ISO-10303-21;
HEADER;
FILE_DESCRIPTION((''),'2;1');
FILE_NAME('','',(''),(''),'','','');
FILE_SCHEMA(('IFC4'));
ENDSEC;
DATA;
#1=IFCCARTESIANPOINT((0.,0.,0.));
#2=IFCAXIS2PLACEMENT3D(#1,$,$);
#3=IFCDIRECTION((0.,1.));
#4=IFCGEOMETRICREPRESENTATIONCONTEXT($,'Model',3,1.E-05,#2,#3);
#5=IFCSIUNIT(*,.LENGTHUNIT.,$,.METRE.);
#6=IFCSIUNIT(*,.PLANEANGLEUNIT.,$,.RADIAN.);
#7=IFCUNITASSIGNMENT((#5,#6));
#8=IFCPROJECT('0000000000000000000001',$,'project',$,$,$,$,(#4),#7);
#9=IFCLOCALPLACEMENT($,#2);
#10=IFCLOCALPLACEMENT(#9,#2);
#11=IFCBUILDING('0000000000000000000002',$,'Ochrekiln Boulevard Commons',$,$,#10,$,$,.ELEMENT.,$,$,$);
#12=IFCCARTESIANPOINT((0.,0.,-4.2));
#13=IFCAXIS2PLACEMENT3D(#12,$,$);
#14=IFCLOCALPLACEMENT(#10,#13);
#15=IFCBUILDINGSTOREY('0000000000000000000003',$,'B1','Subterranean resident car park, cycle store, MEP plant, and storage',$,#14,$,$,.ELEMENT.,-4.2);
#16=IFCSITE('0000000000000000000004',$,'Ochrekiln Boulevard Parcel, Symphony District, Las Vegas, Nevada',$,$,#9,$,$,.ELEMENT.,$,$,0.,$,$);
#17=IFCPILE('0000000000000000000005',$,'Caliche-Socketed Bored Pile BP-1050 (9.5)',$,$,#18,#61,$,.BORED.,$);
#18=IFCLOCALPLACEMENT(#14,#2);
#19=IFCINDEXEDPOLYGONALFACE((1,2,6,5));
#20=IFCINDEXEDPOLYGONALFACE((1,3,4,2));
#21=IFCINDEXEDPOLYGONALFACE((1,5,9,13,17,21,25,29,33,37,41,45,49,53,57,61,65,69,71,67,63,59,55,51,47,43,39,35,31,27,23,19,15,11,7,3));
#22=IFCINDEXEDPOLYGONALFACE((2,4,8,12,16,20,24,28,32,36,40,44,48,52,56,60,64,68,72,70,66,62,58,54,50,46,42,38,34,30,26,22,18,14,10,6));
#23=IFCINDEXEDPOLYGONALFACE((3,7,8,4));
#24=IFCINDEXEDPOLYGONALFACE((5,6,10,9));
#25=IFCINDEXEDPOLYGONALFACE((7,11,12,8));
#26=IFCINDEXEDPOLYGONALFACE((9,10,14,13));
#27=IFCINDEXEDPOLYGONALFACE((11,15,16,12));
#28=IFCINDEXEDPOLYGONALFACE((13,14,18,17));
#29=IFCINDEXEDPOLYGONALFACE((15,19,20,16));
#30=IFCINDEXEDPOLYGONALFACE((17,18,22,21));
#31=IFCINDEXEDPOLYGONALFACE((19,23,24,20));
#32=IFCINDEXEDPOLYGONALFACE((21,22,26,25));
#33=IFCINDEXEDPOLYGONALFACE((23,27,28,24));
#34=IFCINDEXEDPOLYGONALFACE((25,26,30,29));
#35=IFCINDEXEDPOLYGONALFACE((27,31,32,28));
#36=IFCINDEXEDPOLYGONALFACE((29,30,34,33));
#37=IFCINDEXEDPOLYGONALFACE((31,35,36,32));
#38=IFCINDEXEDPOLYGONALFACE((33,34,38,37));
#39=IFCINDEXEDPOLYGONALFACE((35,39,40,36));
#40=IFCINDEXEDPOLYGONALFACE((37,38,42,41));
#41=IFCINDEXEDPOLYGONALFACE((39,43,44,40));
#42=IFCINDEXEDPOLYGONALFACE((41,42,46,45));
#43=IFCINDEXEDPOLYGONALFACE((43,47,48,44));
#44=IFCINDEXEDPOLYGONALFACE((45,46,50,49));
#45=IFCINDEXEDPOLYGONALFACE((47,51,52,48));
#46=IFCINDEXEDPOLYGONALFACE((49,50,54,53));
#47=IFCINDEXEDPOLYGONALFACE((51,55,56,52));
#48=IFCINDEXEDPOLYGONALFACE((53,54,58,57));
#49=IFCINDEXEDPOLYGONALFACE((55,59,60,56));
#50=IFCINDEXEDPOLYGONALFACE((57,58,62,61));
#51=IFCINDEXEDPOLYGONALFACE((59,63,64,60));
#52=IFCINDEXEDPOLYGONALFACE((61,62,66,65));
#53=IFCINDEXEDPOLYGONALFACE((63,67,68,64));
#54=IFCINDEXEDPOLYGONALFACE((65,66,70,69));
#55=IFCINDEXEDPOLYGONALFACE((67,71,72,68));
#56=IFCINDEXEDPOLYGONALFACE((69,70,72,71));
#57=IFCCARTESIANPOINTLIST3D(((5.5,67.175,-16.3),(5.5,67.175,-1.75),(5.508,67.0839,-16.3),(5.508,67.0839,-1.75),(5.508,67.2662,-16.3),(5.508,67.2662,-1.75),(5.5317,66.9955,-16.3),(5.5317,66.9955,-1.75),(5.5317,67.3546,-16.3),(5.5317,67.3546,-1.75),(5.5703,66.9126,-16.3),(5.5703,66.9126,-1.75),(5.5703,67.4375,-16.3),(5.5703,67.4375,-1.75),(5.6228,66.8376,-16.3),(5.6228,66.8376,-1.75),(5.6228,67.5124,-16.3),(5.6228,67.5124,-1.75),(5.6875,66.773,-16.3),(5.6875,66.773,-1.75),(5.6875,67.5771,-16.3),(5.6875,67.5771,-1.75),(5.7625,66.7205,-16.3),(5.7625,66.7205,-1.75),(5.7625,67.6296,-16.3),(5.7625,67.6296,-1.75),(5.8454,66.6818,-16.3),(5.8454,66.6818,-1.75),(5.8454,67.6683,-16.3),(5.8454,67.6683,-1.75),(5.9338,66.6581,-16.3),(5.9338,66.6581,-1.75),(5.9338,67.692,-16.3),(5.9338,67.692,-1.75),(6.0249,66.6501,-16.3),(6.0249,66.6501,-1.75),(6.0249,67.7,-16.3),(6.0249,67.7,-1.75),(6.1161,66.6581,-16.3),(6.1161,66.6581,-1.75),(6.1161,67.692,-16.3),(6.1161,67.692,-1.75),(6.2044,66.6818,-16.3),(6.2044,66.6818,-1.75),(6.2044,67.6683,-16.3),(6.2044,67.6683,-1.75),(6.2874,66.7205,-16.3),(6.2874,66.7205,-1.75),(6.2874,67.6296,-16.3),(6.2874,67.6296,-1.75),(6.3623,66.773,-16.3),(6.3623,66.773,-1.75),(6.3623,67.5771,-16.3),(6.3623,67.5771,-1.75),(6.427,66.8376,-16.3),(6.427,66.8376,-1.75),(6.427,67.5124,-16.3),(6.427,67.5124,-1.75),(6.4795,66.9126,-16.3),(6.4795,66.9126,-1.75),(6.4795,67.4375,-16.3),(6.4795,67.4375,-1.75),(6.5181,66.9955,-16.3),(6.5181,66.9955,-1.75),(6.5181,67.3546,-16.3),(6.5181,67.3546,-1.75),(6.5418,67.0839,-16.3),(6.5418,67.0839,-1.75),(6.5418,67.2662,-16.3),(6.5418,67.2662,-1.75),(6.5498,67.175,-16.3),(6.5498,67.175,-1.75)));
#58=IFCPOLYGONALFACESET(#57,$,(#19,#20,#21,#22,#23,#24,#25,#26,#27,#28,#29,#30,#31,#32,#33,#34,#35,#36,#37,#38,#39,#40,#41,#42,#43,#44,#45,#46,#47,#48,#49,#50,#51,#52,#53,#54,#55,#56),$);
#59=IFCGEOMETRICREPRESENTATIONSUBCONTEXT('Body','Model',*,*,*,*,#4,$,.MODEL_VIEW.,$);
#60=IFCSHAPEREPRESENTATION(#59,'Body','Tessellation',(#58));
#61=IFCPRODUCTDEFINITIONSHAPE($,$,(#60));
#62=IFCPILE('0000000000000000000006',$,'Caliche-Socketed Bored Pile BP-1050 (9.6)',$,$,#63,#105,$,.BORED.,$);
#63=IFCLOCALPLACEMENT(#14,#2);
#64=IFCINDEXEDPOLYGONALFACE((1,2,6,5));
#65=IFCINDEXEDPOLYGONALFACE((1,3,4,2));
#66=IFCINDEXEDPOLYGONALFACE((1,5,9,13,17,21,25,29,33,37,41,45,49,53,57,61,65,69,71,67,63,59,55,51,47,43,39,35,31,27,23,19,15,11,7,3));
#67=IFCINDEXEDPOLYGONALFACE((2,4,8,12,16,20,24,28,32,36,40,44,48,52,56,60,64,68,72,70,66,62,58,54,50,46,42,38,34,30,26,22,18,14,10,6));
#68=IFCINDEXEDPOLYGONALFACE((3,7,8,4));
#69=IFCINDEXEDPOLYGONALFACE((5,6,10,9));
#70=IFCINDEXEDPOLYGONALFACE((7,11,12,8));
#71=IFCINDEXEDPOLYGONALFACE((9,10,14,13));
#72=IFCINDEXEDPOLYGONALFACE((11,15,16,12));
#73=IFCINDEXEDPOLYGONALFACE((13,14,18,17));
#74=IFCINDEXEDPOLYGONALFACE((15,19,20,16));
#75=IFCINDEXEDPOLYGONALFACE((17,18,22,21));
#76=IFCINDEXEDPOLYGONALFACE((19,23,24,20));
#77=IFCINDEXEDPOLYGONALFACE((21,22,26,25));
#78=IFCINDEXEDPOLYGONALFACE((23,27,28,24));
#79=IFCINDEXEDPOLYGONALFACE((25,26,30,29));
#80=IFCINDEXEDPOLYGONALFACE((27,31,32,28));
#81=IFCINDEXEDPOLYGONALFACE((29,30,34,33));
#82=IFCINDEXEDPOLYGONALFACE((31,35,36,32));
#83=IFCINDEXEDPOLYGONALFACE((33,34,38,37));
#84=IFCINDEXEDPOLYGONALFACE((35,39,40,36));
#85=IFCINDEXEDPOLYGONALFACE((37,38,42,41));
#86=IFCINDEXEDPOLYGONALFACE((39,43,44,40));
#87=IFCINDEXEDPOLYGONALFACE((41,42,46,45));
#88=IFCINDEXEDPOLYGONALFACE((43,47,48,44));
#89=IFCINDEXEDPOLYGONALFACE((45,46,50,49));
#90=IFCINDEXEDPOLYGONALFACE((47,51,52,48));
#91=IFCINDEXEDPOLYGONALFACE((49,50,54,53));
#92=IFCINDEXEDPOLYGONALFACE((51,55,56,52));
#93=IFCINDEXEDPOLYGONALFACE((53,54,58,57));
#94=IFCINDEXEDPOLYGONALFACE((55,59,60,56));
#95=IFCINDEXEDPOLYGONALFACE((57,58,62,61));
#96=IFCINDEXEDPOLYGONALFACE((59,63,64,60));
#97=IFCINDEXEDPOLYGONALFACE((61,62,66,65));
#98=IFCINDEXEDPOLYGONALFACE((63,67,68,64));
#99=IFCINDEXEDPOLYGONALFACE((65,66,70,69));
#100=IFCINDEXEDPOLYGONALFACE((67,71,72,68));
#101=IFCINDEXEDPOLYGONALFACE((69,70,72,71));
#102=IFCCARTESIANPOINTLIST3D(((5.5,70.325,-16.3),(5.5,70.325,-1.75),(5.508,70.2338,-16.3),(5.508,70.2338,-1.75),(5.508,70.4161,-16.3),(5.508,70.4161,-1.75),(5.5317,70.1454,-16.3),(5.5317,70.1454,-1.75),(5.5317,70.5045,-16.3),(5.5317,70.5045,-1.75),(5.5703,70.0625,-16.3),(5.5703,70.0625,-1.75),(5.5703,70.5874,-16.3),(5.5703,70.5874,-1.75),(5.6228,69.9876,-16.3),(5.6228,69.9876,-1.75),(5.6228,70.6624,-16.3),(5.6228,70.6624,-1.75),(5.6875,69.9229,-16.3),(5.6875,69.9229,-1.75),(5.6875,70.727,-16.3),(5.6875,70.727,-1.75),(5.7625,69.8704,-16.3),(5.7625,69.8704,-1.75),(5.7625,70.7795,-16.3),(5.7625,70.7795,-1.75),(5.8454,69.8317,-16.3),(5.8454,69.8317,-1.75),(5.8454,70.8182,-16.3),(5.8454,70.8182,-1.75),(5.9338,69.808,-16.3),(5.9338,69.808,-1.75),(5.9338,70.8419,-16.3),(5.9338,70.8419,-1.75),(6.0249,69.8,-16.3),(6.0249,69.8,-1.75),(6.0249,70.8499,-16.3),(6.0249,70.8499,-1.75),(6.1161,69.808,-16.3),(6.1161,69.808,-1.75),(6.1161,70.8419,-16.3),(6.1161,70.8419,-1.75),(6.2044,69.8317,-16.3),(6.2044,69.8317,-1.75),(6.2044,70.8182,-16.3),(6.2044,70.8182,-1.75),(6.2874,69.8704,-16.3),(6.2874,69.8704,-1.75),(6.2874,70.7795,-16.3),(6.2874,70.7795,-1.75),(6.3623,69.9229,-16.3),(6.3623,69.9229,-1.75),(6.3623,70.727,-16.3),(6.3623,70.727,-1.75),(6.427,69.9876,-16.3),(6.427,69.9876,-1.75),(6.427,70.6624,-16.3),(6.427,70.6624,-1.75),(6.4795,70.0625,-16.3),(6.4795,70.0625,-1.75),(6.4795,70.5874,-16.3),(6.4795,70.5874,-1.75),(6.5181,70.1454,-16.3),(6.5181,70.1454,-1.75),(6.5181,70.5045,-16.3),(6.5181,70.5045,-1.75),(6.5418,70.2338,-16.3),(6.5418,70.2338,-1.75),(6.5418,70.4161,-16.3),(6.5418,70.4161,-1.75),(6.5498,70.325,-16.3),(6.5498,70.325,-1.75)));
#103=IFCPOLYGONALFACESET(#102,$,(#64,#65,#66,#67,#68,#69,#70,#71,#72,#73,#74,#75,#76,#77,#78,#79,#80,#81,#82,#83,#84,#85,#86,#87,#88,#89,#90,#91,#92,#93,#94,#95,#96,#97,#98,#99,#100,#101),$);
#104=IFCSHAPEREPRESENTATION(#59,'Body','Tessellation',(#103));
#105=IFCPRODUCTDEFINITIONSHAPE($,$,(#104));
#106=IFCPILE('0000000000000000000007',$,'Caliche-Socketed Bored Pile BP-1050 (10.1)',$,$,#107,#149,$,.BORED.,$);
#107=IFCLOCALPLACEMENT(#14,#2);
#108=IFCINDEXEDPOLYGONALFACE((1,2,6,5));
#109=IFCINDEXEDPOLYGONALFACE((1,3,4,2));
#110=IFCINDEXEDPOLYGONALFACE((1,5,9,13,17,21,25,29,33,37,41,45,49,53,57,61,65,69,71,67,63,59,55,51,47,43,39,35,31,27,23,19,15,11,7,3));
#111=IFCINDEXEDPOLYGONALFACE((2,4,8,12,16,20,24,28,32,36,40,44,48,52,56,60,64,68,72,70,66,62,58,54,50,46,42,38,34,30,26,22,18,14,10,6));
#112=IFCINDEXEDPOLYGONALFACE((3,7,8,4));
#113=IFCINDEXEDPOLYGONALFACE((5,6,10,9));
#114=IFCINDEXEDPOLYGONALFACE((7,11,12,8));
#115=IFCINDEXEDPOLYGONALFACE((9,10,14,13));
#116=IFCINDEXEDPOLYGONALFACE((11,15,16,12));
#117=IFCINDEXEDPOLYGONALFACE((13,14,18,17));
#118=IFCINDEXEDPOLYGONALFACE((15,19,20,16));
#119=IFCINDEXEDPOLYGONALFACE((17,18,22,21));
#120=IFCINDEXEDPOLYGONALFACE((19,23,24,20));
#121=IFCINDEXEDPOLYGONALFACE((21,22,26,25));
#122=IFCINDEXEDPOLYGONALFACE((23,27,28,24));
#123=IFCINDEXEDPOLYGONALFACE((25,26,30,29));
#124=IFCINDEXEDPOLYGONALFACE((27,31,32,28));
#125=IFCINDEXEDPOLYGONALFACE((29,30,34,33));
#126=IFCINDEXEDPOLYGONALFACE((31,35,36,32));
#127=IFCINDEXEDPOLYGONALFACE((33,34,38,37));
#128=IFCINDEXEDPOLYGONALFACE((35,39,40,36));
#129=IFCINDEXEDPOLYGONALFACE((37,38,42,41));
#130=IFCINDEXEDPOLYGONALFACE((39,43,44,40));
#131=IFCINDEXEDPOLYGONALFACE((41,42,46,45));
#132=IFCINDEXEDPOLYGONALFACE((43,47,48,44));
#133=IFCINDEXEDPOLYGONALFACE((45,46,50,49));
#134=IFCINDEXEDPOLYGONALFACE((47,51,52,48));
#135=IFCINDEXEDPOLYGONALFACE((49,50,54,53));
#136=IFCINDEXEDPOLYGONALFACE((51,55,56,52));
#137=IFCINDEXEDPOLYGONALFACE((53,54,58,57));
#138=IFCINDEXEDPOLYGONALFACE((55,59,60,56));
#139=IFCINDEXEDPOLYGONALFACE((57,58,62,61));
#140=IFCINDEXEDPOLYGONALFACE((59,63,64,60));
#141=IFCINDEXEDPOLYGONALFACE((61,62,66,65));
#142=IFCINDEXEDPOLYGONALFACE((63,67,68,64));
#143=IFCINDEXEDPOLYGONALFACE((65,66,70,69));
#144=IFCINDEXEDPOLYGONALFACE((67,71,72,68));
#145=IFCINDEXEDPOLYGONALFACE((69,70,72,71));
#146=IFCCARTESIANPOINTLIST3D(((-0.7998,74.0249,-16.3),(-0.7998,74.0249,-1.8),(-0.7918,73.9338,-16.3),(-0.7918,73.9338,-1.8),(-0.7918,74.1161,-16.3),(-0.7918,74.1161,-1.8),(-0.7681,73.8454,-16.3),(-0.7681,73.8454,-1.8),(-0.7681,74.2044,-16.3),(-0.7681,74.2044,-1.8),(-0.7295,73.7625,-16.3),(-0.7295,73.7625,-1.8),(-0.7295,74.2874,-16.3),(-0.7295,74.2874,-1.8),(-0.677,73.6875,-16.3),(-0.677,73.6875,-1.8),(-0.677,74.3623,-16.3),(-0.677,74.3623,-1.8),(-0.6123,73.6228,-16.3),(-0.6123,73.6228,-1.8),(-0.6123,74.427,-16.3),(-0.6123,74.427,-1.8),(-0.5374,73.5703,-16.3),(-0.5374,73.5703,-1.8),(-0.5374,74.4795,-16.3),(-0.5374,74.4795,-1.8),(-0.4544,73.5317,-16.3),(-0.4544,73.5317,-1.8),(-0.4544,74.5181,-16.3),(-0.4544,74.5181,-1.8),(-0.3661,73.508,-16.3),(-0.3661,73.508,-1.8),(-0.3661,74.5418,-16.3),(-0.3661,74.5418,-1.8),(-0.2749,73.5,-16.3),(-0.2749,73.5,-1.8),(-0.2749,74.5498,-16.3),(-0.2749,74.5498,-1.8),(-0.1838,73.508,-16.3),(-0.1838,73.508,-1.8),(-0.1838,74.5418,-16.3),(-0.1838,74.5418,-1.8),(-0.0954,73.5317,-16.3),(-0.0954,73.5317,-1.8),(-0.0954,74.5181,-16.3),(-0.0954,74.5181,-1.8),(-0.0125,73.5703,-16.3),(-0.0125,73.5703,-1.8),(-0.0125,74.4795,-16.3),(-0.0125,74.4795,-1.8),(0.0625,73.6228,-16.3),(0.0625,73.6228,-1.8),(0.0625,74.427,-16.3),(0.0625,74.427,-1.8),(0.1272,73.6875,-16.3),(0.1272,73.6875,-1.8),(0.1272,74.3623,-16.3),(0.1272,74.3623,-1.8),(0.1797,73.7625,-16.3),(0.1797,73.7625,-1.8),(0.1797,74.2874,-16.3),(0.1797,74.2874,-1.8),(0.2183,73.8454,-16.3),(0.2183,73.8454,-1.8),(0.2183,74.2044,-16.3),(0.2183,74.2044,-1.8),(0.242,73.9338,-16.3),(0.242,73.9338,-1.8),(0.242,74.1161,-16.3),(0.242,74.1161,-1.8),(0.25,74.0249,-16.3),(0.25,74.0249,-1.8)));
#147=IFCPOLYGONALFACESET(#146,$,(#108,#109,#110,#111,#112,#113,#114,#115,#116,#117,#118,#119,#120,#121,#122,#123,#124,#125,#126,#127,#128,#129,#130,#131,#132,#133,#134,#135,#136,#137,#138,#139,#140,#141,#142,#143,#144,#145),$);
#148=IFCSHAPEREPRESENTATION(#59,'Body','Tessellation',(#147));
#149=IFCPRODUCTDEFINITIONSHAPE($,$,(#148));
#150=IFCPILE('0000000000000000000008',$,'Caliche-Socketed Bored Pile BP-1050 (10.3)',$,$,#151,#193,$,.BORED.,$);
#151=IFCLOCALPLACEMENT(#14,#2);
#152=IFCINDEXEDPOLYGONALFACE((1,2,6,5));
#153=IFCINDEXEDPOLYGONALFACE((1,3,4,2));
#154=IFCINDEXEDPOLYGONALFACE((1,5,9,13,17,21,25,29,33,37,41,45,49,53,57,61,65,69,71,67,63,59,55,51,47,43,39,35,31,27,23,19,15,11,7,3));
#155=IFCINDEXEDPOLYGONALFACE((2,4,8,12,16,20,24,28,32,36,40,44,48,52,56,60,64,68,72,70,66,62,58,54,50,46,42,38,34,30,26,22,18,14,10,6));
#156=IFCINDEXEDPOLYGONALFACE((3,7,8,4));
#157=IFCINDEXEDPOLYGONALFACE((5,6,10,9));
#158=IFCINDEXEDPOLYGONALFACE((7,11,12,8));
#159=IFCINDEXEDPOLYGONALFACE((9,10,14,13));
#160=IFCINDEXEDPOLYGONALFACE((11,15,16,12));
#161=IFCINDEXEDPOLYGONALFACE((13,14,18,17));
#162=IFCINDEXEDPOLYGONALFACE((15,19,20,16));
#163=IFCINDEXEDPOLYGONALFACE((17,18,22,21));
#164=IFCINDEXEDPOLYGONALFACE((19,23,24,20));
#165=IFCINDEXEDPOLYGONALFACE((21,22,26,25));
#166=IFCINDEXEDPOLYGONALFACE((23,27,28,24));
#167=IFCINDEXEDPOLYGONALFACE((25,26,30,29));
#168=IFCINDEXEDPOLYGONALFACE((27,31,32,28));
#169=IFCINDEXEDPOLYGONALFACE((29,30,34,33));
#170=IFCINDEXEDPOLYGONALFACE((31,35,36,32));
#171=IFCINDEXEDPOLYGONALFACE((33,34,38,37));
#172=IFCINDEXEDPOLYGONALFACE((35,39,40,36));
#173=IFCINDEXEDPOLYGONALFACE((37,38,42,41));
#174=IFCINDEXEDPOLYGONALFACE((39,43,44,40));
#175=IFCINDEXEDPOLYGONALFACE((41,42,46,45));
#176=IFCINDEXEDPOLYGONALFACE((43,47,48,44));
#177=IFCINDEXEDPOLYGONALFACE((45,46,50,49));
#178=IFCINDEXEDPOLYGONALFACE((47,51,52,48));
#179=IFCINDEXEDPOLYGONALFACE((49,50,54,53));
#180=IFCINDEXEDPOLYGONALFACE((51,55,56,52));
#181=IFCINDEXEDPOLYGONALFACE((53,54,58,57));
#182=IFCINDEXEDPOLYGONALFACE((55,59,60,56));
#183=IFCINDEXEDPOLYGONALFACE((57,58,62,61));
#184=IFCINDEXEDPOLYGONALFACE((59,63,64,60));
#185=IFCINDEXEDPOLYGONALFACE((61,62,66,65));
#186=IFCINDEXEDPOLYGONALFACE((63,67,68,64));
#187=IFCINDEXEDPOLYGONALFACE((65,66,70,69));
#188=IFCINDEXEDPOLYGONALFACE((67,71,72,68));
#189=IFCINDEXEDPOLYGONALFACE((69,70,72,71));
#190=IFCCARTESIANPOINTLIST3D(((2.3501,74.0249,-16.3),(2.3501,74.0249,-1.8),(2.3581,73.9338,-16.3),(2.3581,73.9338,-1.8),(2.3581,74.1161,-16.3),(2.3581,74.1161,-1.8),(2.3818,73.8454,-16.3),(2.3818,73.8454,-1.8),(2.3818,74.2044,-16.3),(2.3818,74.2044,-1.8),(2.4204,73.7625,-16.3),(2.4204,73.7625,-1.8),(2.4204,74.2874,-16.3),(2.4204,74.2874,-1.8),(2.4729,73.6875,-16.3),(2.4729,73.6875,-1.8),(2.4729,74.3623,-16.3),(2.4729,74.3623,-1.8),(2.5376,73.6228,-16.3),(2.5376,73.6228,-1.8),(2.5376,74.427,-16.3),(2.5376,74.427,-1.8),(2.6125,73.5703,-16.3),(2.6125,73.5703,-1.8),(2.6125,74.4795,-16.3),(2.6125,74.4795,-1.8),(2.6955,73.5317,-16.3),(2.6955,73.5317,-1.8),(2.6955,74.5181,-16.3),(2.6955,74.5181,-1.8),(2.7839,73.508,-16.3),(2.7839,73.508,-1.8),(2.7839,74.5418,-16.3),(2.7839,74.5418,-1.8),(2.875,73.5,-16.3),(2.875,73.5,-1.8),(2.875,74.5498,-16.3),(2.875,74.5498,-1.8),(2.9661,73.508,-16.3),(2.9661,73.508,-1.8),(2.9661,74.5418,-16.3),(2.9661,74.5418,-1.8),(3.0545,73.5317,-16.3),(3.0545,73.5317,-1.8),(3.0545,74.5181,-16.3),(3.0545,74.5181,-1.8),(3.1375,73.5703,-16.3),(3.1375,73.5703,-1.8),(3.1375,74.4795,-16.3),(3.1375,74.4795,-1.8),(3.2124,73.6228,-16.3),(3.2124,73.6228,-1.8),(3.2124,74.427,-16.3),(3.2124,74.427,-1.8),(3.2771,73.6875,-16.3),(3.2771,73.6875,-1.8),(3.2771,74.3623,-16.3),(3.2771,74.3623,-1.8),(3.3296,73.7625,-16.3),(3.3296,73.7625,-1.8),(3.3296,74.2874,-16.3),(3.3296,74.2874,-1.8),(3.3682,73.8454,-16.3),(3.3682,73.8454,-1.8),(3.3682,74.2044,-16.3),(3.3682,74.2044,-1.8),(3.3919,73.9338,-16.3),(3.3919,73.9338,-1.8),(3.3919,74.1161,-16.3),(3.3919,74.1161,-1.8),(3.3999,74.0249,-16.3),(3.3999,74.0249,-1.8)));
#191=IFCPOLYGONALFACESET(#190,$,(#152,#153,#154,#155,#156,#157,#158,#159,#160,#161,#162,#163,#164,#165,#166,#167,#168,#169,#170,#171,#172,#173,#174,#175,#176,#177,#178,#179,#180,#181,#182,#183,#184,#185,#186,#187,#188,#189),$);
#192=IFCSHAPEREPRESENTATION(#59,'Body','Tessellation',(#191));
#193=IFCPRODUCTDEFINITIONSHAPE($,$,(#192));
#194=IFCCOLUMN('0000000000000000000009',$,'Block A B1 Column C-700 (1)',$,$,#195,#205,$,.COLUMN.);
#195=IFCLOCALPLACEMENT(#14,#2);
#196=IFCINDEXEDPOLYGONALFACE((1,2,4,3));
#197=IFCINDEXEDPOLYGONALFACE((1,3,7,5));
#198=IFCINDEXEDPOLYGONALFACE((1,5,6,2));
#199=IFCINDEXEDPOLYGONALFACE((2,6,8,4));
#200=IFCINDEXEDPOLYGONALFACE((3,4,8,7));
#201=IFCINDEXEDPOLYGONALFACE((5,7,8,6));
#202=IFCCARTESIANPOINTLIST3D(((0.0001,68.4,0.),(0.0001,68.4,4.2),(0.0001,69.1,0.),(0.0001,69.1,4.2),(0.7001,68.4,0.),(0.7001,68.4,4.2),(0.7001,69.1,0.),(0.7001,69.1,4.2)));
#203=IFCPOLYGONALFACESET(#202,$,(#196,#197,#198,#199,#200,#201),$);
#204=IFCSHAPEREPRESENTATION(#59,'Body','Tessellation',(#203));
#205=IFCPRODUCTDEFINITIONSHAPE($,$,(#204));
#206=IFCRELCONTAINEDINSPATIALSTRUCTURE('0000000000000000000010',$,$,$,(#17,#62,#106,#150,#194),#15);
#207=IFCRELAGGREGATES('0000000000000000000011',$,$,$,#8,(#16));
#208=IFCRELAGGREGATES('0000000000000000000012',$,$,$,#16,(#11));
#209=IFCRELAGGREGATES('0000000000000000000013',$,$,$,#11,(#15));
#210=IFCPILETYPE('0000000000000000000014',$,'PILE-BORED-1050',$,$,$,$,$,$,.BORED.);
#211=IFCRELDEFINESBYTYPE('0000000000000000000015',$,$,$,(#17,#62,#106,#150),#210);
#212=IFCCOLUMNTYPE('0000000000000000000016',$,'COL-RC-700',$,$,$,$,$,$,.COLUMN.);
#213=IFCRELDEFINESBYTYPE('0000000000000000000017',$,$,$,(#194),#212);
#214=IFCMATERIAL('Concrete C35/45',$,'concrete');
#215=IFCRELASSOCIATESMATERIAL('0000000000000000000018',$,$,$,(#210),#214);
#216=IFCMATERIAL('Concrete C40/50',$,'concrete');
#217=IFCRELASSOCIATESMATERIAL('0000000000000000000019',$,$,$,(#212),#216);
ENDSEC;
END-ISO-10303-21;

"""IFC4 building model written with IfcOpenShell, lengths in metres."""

from ifc_helpers import new_model, si_unit, direction, frame, origin, origin_2d, place, context, subcontext, project, spatial, rectangle, circle, extrude, material, material_profile, profile_set, type_object, element, save


model = new_model("IFC4")

# Units and contexts
model_context = context("Model", 3, precision=1e-05, world=origin(), true_north=direction((0.0, 1.0)))
body_context = subcontext(model_context, "Body", "Model", "MODEL_VIEW")
ifc_project = project(units=[si_unit("LENGTHUNIT", "METRE"), si_unit("PLANEANGLEUNIT", "RADIAN")], contexts=[model_context])

# Site, building, storey
site_placement = place(None, origin())
site = spatial("IfcSite", under=ifc_project, at=site_placement, Name="Ochrekiln Boulevard Parcel, Symphony District, Las Vegas, Nevada", CompositionType="ELEMENT", RefElevation=0.0)
building_placement = place(site_placement, origin())
building = spatial("IfcBuilding", under=site, at=building_placement, Name="Ochrekiln Boulevard Commons", CompositionType="ELEMENT")
storey_placement = place(building_placement, frame((0.0, 0.0, -4.2)))
storey = spatial("IfcBuildingStorey", under=building, at=storey_placement, Name="B1", Description="Subterranean resident car park, cycle store, MEP plant, and storage", CompositionType="ELEMENT", Elevation=-4.2)

# Shared definitions
ifc_material_1 = material(Name="Concrete C35/45", Category="concrete")

# Piles
ifc_material_profile_1 = material_profile(ifc_material_1, circle(Radius=0.5249, at=origin_2d()), Name="PILE-D1050")
ifc_profile_set_1 = profile_set([ifc_material_profile_1], Name="Concrete C35/45")
pile_type = type_object("IfcPileType", Name="PILE-BORED-1050", PredefinedType="BORED", material=ifc_profile_set_1)
for number, where, z_axis, x_axis, name in (
    (1, (6.0249, 67.175, -1.75), (0.0, 0.0, -1.0), (1.0, 0.0, 0.0), "Caliche-Socketed Bored Pile BP-1050 (9.5)"),
    (2, (6.0249, 70.325, -1.75), (0.0, 0.0, -1.0), (1.0, 0.0, 0.0), "Caliche-Socketed Bored Pile BP-1050 (9.6)"),
):
    element("IfcPile", number, at=place(storey_placement, frame(where, z_axis=z_axis, x_axis=x_axis)), inside=storey, type_object=pile_type, Name=name, PredefinedType="BORED", context=body_context, shape_type="SweptSolid", body=[
        extrude(circle(Radius=0.5249, at=origin_2d()), origin(), (0.0, 0.0, 1.0), 14.55),
    ])
for number, where, z_axis, x_axis, name in (
    (3, (-0.2749, 74.0249, -1.8), (0.0, 0.0, -1.0), (1.0, 0.0, 0.0), "Caliche-Socketed Bored Pile BP-1050 (10.1)"),
    (4, (2.875, 74.0249, -1.8), (0.0, 0.0, -1.0), (1.0, 0.0, 0.0), "Caliche-Socketed Bored Pile BP-1050 (10.3)"),
):
    element("IfcPile", number, at=place(storey_placement, frame(where, z_axis=z_axis, x_axis=x_axis)), inside=storey, type_object=pile_type, Name=name, PredefinedType="BORED", context=body_context, shape_type="SweptSolid", body=[
        extrude(circle(Radius=0.5249, at=origin_2d()), origin(), (0.0, 0.0, 1.0), 14.5),
    ])

# Column
ifc_material_2 = material(Name="Concrete C40/50", Category="concrete")
ifc_material_profile_2 = material_profile(ifc_material_2, rectangle(XDim=0.7, YDim=0.7, at=origin_2d()), Name="RC-COL-700x700")
ifc_profile_set_2 = profile_set([ifc_material_profile_2], Name="Concrete C40/50")
column_type_1 = type_object("IfcColumnType", Name="COL-RC-700", PredefinedType="COLUMN", material=ifc_profile_set_2)
column_1_placement = place(storey_placement, frame((0.3501, 68.75, 0.0), z_axis=(0.0, 0.0, 1.0), x_axis=(1.0, 0.0, 0.0)))
element("IfcColumn", 5, at=column_1_placement, inside=storey, type_object=column_type_1, Name="Block A B1 Column C-700 (1)", PredefinedType="COLUMN", context=body_context, shape_type="SweptSolid", body=[
    extrude(rectangle(XDim=0.7, YDim=0.7, at=origin_2d()), origin(), (0.0, 0.0, 1.0), 4.2),
])

save(model, "model.ifc")
